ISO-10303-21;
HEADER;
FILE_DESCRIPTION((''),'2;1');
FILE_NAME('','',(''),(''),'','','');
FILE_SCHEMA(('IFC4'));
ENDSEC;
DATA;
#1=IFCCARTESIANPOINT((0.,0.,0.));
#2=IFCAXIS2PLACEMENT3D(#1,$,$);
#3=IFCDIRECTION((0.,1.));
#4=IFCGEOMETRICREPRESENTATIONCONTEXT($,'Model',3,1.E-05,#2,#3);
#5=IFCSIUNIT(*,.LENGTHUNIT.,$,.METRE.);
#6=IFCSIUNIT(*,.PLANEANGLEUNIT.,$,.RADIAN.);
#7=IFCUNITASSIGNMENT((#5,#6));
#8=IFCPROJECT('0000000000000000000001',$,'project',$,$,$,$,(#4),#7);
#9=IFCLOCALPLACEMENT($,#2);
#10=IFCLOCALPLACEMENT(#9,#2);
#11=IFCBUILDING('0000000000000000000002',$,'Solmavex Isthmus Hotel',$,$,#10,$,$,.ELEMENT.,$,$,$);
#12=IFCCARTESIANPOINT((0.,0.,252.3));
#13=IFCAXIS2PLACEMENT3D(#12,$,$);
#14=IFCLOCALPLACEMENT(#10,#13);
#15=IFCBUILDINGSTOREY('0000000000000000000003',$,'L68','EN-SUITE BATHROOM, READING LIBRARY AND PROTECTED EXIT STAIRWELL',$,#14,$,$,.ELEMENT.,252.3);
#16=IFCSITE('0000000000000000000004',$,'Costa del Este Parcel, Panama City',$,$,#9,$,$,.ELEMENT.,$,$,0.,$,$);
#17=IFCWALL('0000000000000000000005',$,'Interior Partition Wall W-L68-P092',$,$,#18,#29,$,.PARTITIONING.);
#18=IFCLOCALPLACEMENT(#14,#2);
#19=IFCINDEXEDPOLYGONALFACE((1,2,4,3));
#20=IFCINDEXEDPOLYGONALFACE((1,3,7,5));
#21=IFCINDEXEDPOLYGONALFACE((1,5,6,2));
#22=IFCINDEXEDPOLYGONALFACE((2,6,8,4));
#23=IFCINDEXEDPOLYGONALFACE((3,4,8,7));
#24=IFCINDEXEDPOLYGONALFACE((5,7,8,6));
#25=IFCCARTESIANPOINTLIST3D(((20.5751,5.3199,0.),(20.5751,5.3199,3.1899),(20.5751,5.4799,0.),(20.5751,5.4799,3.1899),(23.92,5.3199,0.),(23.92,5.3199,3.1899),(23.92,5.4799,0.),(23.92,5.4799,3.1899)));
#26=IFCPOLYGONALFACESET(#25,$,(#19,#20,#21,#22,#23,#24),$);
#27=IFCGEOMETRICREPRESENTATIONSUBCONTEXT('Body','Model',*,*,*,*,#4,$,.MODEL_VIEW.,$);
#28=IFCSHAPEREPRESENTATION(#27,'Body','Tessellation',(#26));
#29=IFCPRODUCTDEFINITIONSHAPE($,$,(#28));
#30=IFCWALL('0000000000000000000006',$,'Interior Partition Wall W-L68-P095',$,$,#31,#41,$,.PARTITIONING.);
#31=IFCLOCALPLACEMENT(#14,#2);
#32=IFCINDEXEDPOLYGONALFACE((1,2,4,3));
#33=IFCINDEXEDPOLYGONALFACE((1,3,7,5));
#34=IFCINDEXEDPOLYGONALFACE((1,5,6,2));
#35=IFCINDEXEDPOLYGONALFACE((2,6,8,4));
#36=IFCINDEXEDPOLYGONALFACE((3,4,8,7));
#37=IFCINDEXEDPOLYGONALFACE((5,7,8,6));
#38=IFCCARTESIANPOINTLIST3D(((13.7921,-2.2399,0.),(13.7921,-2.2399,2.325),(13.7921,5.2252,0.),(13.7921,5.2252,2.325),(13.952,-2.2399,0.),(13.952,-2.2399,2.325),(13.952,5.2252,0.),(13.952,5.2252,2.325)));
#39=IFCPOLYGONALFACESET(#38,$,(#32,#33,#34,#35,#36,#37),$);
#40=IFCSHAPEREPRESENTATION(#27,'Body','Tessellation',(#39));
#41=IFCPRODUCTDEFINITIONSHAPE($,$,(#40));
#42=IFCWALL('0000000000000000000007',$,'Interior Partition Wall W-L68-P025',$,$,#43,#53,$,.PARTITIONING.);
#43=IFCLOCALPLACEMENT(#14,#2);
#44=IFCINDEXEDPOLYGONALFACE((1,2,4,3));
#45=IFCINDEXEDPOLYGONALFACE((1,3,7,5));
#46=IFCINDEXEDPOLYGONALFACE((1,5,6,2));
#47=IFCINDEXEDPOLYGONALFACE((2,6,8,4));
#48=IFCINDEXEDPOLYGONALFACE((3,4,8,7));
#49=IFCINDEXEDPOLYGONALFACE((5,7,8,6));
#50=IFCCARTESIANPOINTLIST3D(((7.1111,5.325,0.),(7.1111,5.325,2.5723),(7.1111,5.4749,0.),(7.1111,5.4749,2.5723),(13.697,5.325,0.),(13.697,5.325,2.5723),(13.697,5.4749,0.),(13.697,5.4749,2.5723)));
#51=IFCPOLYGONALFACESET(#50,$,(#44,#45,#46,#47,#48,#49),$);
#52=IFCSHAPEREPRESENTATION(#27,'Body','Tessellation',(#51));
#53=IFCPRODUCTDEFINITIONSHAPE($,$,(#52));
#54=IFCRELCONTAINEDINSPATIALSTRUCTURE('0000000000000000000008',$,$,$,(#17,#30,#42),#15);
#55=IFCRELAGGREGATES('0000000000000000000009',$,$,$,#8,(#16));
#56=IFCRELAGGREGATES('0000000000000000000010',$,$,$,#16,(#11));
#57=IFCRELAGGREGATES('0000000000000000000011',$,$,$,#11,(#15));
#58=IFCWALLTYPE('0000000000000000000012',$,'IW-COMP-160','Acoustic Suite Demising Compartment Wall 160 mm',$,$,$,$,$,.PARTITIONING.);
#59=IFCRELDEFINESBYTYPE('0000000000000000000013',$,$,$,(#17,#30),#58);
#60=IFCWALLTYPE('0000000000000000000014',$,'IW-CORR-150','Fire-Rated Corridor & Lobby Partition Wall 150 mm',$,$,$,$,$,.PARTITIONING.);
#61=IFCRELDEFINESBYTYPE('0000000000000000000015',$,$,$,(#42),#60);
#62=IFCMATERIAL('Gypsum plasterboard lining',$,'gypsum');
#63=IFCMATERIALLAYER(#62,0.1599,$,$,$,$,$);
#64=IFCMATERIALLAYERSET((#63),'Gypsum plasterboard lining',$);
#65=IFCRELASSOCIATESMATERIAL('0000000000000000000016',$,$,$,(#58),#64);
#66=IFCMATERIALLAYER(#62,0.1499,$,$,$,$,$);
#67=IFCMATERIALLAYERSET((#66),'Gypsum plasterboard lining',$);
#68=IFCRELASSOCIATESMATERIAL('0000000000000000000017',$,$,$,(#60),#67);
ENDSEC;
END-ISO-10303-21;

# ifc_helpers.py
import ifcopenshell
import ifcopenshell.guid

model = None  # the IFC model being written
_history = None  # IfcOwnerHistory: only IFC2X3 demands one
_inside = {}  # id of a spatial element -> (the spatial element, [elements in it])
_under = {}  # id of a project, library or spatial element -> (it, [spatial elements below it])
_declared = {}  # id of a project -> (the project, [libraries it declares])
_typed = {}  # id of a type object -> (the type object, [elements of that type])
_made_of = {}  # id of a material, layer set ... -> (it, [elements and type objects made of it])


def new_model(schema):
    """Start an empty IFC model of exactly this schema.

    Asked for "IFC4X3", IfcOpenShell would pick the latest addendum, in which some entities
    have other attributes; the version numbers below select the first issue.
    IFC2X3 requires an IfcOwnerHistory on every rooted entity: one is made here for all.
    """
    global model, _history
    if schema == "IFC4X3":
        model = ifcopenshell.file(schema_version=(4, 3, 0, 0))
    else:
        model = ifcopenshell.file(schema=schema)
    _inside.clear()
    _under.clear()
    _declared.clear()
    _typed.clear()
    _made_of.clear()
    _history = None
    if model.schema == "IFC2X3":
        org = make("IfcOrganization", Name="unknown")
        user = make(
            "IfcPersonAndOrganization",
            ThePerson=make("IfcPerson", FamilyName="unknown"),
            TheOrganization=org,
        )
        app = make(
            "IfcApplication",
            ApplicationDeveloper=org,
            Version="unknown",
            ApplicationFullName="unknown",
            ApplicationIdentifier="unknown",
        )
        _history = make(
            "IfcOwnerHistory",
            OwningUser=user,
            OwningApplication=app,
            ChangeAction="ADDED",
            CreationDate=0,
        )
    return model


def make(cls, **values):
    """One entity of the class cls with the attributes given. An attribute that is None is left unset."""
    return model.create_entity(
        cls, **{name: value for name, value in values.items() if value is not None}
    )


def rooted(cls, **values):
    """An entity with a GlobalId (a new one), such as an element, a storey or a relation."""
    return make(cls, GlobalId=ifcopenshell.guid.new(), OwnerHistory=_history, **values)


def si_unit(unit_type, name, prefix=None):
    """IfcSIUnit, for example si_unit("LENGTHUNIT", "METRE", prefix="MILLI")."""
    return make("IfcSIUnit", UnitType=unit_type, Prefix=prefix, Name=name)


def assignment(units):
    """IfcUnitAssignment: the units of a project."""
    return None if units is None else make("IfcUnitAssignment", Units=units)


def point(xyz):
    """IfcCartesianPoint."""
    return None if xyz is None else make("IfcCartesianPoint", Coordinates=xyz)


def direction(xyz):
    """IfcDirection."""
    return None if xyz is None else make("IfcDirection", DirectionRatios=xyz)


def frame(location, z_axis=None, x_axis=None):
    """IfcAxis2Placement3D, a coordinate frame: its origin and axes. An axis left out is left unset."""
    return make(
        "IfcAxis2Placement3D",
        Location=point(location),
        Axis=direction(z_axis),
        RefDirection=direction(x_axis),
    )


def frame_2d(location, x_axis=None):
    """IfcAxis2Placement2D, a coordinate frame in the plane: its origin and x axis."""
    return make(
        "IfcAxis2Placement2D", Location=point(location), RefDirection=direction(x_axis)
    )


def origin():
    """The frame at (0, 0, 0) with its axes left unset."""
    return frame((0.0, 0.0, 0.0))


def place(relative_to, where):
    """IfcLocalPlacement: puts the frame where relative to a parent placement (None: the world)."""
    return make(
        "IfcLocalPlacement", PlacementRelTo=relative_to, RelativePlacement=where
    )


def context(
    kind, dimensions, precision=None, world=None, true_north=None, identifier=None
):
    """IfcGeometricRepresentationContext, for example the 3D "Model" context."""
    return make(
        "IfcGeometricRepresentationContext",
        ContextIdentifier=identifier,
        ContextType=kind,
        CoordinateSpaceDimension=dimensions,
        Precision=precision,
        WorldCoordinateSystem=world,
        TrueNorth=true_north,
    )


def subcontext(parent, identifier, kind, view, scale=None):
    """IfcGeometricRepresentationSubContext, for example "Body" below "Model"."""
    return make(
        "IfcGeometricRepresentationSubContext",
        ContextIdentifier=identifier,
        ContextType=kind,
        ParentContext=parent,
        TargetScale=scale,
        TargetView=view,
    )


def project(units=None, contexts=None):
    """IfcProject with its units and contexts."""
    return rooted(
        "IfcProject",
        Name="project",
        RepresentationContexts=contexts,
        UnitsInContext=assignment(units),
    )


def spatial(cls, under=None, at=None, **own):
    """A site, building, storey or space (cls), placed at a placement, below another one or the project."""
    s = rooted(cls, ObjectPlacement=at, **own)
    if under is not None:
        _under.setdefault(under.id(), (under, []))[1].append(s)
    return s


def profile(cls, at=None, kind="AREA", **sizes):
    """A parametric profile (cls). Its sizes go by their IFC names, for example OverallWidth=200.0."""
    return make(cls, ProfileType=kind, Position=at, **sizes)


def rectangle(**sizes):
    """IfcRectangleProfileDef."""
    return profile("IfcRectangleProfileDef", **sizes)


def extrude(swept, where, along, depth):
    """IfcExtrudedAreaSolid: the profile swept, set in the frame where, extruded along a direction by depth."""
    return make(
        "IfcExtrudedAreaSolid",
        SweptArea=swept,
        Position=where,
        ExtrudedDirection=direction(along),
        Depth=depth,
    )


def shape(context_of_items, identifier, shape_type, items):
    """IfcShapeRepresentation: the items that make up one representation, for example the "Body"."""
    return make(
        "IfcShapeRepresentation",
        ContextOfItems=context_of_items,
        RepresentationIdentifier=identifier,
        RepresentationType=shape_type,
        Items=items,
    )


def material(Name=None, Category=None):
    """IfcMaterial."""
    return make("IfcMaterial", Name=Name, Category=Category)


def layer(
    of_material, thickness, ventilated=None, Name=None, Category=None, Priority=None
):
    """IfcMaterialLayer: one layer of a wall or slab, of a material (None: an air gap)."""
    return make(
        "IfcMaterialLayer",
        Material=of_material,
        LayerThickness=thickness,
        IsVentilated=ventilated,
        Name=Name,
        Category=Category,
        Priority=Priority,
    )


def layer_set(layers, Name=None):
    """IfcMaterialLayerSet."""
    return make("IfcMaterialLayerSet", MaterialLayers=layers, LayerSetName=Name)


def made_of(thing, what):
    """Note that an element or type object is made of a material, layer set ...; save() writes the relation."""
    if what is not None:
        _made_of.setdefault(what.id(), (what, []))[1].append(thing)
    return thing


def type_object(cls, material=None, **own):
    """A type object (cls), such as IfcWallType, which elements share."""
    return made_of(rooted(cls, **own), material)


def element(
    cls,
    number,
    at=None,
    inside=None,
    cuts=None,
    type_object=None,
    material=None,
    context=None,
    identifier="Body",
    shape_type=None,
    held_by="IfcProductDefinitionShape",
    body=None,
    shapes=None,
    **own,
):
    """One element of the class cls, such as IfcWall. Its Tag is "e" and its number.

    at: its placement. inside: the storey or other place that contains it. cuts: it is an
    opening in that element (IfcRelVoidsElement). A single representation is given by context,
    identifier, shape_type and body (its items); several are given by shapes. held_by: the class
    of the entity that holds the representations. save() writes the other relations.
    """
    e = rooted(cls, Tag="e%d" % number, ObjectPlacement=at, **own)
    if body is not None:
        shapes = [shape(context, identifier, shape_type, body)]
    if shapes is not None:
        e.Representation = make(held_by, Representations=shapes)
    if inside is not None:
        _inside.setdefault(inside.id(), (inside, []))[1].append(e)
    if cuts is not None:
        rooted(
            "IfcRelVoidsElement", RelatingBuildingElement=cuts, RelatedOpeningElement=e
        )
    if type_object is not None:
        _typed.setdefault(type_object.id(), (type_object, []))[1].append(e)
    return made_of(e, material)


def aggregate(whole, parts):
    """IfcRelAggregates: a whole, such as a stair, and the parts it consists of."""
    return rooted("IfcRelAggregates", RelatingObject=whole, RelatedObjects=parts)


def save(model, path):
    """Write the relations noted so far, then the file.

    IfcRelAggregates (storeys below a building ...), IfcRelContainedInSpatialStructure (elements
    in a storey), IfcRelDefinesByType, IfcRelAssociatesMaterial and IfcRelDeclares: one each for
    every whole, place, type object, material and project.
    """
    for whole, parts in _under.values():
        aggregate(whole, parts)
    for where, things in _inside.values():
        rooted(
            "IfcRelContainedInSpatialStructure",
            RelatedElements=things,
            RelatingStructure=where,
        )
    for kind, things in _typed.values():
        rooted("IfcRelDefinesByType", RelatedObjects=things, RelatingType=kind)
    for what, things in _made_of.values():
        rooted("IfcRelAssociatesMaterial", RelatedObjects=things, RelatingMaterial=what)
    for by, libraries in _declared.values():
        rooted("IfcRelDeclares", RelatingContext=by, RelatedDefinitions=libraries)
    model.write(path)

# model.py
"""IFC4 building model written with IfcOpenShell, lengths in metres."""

from ifc_helpers import new_model, si_unit, direction, frame, frame_2d, origin, place, context, subcontext, project, spatial, rectangle, extrude, material, layer, layer_set, type_object, element, save


model = new_model("IFC4")

# Units and contexts
model_context = context("Model", 3, precision=1e-05, world=origin(), true_north=direction((0.0, 1.0)))
body_context = subcontext(model_context, "Body", "Model", "MODEL_VIEW")
ifc_project = project(units=[si_unit("LENGTHUNIT", "METRE"), si_unit("PLANEANGLEUNIT", "RADIAN")], contexts=[model_context])

# Site, building, storey
site_placement = place(None, origin())
site = spatial("IfcSite", under=ifc_project, at=site_placement, Name="Costa del Este Parcel, Panama City", CompositionType="ELEMENT", RefElevation=0.0)
building_placement = place(site_placement, origin())
building = spatial("IfcBuilding", under=site, at=building_placement, Name="Solmavex Isthmus Hotel", CompositionType="ELEMENT")
storey_placement = place(building_placement, frame((0.0, 0.0, 252.3)))
storey = spatial("IfcBuildingStorey", under=building, at=storey_placement, Name="L68", Description="EN-SUITE BATHROOM, READING LIBRARY AND PROTECTED EXIT STAIRWELL", CompositionType="ELEMENT", Elevation=252.3)

# Walls
ifc_material_1 = material(Name="Gypsum plasterboard lining", Category="gypsum")
ifc_layer_1 = layer(ifc_material_1, 0.1599)
ifc_layer_set_1 = layer_set([ifc_layer_1], Name="Gypsum plasterboard lining")
wall_type_1 = type_object("IfcWallType", Name="IW-COMP-160", Description="Acoustic Suite Demising Compartment Wall 160 mm", PredefinedType="PARTITIONING", material=ifc_layer_set_1)
wall_1_placement = place(storey_placement, frame((23.9199, 5.3999, 0.0), z_axis=(0.0, 0.0, 1.0), x_axis=(-1.0, 0.0, 0.0)))
element("IfcWall", 1, at=wall_1_placement, inside=storey, type_object=wall_type_1, Name="Interior Partition Wall W-L68-P092", PredefinedType="PARTITIONING", context=body_context, shape_type="SweptSolid", body=[
    extrude(rectangle(XDim=3.345, YDim=0.1599, at=frame_2d((1.6724, 0.0))), origin(), (0.0, 0.0, 1.0), 3.1899),
])
wall_2_placement = place(storey_placement, frame((13.8721, 5.2251, 0.0), z_axis=(0.0, 0.0, 1.0), x_axis=(0.0, -1.0, 0.0)))
element("IfcWall", 2, at=wall_2_placement, inside=storey, type_object=wall_type_1, Name="Interior Partition Wall W-L68-P095", PredefinedType="PARTITIONING", context=body_context, shape_type="SweptSolid", body=[
    extrude(rectangle(XDim=7.4651, YDim=0.1599, at=frame_2d((3.7324, 0.0))), origin(), (0.0, 0.0, 1.0), 2.325),
])
ifc_layer_2 = layer(ifc_material_1, 0.1499)
ifc_layer_set_2 = layer_set([ifc_layer_2], Name="Gypsum plasterboard lining")
wall_type_2 = type_object("IfcWallType", Name="IW-CORR-150", Description="Fire-Rated Corridor & Lobby Partition Wall 150 mm", PredefinedType="PARTITIONING", material=ifc_layer_set_2)
wall_3_placement = place(storey_placement, frame((13.697, 5.3999, 0.0), z_axis=(0.0, 0.0, 1.0), x_axis=(-1.0, 0.0, 0.0)))
element("IfcWall", 3, at=wall_3_placement, inside=storey, type_object=wall_type_2, Name="Interior Partition Wall W-L68-P025", PredefinedType="PARTITIONING", context=body_context, shape_type="SweptSolid", body=[
    extrude(rectangle(XDim=6.5859, YDim=0.1499, at=frame_2d((3.293, 0.0))), origin(), (0.0, 0.0, 1.0), 2.5723),
])

save(model, "model.ifc")
